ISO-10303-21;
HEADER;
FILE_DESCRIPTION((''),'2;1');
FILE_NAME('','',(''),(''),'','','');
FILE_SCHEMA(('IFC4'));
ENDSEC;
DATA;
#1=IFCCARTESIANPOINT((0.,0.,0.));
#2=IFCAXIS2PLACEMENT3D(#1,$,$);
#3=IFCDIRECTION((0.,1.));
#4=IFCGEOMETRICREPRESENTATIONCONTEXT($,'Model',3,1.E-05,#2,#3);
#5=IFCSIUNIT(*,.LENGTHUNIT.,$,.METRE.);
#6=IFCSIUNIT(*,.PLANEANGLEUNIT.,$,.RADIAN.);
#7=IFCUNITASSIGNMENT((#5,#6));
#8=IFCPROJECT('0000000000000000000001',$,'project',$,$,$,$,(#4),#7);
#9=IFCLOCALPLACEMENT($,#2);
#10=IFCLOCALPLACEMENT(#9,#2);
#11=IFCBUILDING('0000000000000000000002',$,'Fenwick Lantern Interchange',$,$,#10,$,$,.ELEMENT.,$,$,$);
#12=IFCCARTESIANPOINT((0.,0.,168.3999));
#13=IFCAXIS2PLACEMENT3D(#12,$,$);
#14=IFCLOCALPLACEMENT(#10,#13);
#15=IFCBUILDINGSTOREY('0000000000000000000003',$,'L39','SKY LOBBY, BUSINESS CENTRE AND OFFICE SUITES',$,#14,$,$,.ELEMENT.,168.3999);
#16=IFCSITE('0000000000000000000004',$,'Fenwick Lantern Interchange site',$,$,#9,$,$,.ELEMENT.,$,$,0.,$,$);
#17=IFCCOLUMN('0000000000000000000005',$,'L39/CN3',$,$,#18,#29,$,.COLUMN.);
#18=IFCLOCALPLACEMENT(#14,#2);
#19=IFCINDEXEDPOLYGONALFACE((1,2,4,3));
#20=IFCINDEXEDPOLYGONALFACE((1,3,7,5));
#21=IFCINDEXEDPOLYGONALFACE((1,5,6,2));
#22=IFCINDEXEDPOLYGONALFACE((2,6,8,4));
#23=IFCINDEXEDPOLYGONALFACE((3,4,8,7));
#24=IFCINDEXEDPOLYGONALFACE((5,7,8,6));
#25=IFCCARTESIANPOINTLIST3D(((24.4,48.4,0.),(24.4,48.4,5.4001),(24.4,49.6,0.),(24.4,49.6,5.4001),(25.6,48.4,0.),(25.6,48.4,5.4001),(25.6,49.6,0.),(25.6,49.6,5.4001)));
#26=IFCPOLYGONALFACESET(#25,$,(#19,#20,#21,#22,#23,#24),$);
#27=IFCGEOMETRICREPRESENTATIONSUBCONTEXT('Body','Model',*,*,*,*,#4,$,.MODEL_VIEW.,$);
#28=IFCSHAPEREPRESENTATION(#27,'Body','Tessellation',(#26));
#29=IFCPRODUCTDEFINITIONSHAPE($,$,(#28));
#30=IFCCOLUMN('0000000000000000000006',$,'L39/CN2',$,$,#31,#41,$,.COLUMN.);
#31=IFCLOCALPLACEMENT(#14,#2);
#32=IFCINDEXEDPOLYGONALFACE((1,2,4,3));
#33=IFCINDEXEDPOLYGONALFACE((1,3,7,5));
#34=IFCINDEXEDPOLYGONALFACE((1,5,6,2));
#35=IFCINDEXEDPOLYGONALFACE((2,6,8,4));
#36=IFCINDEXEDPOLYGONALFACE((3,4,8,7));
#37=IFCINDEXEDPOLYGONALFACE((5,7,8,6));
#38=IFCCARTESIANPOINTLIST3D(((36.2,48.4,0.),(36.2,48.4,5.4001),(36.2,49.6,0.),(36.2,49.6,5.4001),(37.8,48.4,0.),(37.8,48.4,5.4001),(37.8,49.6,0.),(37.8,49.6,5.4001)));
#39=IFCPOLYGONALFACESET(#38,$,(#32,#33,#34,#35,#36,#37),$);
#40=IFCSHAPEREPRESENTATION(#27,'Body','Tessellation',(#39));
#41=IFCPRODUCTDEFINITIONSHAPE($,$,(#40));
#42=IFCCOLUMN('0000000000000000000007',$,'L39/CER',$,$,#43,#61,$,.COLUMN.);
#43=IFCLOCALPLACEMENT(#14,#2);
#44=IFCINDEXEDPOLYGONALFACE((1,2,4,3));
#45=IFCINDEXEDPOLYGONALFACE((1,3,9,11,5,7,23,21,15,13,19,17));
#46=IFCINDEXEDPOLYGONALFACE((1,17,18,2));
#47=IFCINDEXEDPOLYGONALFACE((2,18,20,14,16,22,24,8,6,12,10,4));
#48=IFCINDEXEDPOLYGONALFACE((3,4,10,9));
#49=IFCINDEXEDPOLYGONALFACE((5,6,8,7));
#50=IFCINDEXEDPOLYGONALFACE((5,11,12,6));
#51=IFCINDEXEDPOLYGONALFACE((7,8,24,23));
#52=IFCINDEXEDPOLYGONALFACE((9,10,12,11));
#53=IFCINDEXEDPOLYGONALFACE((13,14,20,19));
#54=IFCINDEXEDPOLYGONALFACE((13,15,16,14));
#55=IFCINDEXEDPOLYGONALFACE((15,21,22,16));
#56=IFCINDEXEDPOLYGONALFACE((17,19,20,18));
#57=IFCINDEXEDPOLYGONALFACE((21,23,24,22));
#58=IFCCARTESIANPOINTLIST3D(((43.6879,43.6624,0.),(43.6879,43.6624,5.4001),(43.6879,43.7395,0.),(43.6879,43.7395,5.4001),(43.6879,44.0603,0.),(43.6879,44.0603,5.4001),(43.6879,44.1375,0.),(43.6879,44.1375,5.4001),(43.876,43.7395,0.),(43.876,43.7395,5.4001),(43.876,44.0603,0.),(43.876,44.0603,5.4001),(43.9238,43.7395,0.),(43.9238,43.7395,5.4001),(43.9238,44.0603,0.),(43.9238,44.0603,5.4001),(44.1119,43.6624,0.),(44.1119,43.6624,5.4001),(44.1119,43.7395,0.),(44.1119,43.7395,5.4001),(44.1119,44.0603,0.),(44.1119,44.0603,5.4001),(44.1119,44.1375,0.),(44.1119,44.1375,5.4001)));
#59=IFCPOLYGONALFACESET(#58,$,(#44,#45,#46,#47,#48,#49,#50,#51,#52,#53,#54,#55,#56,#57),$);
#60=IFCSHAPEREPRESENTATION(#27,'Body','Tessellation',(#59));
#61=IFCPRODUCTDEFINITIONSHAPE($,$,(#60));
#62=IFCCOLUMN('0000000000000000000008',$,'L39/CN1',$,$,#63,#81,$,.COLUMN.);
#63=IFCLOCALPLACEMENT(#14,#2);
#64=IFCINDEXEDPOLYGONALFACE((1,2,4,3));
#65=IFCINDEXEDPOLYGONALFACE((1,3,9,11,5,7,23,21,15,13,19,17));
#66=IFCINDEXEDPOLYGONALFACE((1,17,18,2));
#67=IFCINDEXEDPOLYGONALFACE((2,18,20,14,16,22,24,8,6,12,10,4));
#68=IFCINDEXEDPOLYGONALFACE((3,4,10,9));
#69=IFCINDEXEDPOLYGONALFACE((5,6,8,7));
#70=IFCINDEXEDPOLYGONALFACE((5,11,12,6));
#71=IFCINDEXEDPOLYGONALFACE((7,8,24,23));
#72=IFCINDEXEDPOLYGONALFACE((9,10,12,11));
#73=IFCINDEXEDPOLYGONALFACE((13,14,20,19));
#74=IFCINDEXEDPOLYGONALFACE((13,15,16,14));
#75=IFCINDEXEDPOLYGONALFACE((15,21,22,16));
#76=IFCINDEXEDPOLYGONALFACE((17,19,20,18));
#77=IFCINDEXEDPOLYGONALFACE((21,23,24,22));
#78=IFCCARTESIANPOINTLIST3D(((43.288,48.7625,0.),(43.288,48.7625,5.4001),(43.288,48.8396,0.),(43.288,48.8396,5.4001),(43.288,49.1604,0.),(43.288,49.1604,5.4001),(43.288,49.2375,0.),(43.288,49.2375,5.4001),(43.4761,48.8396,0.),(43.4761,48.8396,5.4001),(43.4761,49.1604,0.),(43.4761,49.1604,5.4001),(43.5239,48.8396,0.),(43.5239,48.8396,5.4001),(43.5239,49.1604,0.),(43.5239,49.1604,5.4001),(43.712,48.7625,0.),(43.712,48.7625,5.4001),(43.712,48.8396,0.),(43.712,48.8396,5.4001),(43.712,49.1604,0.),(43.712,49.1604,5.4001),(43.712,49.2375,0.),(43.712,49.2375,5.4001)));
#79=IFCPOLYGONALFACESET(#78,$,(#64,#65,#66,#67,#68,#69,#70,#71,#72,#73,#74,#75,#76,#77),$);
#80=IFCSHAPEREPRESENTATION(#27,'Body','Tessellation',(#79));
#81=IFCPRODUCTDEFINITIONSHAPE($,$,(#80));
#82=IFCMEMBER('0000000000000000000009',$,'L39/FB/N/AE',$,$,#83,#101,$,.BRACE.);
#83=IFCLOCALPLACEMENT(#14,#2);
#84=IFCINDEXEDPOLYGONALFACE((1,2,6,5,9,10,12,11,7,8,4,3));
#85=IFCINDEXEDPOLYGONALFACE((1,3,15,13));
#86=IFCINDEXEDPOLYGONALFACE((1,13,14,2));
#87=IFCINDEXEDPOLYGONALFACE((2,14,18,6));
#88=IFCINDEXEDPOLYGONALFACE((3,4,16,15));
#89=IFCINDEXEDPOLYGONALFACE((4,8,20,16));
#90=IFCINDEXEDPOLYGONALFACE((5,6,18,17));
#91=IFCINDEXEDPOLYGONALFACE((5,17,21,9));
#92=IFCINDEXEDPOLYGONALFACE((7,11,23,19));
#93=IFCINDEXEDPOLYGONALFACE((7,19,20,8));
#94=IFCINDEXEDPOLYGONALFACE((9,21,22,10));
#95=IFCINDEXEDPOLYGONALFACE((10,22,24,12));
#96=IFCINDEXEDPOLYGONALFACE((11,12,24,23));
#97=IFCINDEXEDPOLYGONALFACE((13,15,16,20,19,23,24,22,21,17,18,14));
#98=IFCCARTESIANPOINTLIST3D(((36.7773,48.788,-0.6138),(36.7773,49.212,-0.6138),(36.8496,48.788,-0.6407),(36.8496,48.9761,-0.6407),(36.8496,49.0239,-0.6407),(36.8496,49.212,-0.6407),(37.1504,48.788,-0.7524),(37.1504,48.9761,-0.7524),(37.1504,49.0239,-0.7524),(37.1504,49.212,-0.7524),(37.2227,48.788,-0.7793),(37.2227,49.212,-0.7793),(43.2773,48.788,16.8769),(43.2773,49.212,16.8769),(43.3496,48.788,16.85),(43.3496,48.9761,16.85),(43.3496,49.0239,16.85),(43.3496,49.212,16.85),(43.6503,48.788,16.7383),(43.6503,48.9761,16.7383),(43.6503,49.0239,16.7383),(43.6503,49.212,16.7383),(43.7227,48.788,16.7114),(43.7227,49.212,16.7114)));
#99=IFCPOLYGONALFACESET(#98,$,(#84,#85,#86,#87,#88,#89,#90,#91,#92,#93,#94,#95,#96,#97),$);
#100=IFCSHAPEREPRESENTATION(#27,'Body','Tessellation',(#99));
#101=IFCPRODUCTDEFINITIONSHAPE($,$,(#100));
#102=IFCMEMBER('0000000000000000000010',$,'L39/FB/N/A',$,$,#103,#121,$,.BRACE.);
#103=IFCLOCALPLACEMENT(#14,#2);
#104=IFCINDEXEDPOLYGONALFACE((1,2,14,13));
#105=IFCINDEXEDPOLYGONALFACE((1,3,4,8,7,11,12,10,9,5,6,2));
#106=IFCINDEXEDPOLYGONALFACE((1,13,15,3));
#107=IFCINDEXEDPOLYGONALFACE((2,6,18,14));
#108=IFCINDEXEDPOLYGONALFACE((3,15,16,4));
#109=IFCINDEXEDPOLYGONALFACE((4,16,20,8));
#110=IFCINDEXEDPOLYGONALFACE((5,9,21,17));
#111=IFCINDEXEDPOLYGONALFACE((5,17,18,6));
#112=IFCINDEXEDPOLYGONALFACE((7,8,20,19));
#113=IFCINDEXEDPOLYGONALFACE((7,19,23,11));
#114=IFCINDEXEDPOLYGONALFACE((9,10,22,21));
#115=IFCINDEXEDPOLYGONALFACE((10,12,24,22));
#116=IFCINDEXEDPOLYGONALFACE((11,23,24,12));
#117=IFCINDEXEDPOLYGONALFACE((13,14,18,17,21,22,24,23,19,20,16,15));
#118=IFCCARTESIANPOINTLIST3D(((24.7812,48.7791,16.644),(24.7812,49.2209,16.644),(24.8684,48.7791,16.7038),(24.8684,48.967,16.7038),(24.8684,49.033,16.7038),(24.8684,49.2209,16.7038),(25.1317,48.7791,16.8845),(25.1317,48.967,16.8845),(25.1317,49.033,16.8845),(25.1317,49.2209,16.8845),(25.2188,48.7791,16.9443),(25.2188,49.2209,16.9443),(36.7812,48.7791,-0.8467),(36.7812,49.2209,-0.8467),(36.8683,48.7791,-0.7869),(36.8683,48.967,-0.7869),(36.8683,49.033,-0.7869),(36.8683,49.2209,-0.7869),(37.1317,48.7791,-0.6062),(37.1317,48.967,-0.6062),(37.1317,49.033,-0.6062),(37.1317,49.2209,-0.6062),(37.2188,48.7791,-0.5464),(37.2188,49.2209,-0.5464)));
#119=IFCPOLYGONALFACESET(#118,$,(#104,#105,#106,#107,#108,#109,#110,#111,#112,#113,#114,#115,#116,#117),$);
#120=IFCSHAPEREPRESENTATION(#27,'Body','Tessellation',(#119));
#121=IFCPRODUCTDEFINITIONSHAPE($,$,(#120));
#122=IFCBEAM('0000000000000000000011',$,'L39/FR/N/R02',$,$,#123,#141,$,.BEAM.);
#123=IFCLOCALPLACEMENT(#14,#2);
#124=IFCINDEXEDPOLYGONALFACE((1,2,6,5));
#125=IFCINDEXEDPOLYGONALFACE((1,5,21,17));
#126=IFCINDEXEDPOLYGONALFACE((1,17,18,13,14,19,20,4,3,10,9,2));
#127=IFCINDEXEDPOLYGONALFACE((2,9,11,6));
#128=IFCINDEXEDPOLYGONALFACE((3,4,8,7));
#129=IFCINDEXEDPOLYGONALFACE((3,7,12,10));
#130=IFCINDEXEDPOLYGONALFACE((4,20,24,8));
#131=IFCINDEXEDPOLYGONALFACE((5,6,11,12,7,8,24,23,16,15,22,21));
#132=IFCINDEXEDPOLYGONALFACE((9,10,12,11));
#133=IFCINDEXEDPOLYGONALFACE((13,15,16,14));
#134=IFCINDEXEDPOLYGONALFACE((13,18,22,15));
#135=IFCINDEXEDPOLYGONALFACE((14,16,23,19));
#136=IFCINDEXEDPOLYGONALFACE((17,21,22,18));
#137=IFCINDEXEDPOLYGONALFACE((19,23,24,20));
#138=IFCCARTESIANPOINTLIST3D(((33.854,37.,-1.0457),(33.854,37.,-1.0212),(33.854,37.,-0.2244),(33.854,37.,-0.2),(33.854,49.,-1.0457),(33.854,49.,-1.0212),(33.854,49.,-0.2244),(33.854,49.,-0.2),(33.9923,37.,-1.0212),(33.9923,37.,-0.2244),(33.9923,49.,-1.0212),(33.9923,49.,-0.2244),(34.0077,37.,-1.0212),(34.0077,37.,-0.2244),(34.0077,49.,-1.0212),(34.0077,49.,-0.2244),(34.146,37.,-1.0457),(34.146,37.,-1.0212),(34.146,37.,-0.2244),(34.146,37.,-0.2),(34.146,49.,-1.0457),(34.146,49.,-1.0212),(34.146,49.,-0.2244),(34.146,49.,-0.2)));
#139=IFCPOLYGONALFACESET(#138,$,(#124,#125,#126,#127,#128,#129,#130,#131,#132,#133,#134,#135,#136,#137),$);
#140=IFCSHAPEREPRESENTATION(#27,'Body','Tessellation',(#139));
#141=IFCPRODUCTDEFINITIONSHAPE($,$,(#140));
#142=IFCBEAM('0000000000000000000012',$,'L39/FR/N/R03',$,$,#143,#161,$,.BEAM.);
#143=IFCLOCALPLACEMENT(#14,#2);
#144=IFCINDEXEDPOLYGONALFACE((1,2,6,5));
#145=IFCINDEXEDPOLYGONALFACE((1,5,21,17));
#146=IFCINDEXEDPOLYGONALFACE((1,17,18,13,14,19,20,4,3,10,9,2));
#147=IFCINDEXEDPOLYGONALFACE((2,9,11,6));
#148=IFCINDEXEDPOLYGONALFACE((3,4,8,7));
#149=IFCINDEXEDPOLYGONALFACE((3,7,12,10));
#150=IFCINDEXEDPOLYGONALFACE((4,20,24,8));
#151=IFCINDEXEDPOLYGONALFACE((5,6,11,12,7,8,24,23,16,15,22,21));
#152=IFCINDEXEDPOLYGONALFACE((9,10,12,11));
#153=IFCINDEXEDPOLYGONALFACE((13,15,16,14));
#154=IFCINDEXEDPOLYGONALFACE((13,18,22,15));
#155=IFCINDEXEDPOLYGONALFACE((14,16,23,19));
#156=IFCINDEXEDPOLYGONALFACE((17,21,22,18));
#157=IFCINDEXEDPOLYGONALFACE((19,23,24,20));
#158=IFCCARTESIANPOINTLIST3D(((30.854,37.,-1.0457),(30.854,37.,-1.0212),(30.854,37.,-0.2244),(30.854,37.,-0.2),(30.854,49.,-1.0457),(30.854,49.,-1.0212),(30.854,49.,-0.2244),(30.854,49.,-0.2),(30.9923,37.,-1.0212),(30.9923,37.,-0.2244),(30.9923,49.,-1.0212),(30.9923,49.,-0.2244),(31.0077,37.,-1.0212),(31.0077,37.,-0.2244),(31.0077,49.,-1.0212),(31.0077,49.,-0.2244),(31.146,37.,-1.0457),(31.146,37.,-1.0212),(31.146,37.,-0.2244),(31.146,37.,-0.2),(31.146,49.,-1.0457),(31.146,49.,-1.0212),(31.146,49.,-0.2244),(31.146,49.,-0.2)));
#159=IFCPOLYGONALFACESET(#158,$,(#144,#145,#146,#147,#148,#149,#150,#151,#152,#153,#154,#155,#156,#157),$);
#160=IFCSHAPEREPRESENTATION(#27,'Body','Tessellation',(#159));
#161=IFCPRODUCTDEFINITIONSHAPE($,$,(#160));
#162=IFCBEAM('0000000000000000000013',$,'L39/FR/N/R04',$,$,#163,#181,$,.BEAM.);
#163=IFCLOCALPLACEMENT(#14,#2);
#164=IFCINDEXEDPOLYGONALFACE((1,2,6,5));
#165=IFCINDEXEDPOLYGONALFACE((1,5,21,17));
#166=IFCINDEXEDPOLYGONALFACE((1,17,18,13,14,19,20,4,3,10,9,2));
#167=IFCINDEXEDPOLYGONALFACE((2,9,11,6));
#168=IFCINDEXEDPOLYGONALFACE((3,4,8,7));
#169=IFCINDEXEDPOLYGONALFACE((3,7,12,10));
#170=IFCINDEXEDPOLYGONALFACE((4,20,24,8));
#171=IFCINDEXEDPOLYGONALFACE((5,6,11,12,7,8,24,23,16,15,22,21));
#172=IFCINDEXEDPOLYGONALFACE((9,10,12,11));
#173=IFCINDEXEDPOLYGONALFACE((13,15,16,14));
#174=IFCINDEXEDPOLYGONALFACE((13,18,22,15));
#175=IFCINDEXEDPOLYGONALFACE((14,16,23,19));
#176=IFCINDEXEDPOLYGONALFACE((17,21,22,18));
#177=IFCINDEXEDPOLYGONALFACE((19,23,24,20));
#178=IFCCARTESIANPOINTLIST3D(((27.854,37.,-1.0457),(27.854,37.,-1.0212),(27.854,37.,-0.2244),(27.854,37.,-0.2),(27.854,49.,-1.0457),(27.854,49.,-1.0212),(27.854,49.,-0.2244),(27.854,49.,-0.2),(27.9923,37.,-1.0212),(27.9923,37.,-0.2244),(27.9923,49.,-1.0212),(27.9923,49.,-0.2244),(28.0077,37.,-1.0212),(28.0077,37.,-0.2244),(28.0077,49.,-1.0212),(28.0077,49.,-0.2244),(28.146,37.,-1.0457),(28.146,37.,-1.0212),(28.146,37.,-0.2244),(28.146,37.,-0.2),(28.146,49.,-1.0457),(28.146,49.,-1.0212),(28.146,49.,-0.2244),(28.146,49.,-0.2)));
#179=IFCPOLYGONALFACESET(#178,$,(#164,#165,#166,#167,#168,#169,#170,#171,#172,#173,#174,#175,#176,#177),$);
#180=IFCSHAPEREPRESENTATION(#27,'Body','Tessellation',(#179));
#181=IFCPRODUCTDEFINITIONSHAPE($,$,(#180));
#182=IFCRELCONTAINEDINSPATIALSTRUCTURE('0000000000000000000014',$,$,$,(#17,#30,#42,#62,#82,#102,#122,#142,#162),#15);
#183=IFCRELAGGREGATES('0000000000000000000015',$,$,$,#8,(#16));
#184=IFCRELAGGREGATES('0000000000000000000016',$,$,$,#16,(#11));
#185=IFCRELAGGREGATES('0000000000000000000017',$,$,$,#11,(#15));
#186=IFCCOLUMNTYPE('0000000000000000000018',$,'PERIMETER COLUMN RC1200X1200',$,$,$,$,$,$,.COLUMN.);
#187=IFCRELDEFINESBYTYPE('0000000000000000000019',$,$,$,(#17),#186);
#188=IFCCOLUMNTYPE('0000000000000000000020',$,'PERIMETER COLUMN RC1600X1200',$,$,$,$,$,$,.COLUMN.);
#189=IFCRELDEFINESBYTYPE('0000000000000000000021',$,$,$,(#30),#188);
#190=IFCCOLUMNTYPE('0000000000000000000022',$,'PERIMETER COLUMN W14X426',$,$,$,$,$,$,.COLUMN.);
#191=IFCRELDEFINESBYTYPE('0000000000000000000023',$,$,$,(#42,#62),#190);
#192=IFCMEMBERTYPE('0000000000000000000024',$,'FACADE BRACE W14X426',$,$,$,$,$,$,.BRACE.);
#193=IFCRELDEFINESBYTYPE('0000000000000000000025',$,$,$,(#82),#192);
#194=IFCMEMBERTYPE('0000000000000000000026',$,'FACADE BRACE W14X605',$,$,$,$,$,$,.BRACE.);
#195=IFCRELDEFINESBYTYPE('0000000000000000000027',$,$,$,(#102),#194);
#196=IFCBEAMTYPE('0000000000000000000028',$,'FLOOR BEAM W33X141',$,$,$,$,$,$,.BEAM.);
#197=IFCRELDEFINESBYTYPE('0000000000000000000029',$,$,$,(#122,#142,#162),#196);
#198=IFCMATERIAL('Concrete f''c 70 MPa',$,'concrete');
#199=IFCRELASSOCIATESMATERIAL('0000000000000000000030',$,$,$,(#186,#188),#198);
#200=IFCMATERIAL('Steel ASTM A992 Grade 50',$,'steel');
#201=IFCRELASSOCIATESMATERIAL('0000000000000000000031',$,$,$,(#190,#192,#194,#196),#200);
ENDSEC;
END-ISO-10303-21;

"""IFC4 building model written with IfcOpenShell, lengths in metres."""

from ifc_helpers import new_model, si_unit, direction, frame, origin, origin_2d, place, context, subcontext, project, spatial, rectangle, i_section, extrude, material, material_profile, profile_set, type_object, element, save


model = new_model("IFC4")

# Units and contexts
model_context = context("Model", 3, precision=1e-05, world=origin(), true_north=direction((0.0, 1.0)))
body_context = subcontext(model_context, "Body", "Model", "MODEL_VIEW")
ifc_project = project(units=[si_unit("LENGTHUNIT", "METRE"), si_unit("PLANEANGLEUNIT", "RADIAN")], contexts=[model_context])

# Site, building, storey
site_placement = place(None, origin())
site = spatial("IfcSite", under=ifc_project, at=site_placement, Name="Fenwick Lantern Interchange site", CompositionType="ELEMENT", RefElevation=0.0)
building_placement = place(site_placement, origin())
building = spatial("IfcBuilding", under=site, at=building_placement, Name="Fenwick Lantern Interchange", CompositionType="ELEMENT")
storey_placement = place(building_placement, frame((0.0, 0.0, 168.3999)))
storey = spatial("IfcBuildingStorey", under=building, at=storey_placement, Name="L39", Description="SKY LOBBY, BUSINESS CENTRE AND OFFICE SUITES", CompositionType="ELEMENT", Elevation=168.3999)

# Columns
ifc_material_1 = material(Name="Concrete f'c 70 MPa", Category="concrete")
ifc_material_profile_1 = material_profile(ifc_material_1, rectangle(XDim=1.2, YDim=1.2, at=origin_2d()), Name="RC1200X1200")
ifc_profile_set_1 = profile_set([ifc_material_profile_1], Name="Concrete f'c 70 MPa")
column_type_1 = type_object("IfcColumnType", Name="PERIMETER COLUMN RC1200X1200", PredefinedType="COLUMN", material=ifc_profile_set_1)
column_1_placement = place(storey_placement, frame((25.0, 49.0, 0.0), z_axis=(0.0, 0.0, 1.0), x_axis=(1.0, 0.0, 0.0)))
element("IfcColumn", 1, at=column_1_placement, inside=storey, type_object=column_type_1, Name="L39/CN3", PredefinedType="COLUMN", context=body_context, shape_type="SweptSolid", body=[
    extrude(rectangle(XDim=1.2, YDim=1.2, at=origin_2d()), origin(), (0.0, 0.0, 1.0), 5.4001),
])
ifc_material_profile_2 = material_profile(ifc_material_1, rectangle(XDim=1.6001, YDim=1.2, at=origin_2d()), Name="RC1600X1200")
ifc_profile_set_2 = profile_set([ifc_material_profile_2], Name="Concrete f'c 70 MPa")
column_type_2 = type_object("IfcColumnType", Name="PERIMETER COLUMN RC1600X1200", PredefinedType="COLUMN", material=ifc_profile_set_2)
column_2_placement = place(storey_placement, frame((37.0, 49.0, 0.0), z_axis=(0.0, 0.0, 1.0), x_axis=(1.0, 0.0, 0.0)))
element("IfcColumn", 2, at=column_2_placement, inside=storey, type_object=column_type_2, Name="L39/CN2", PredefinedType="COLUMN", context=body_context, shape_type="SweptSolid", body=[
    extrude(rectangle(XDim=1.6001, YDim=1.2, at=origin_2d()), origin(), (0.0, 0.0, 1.0), 5.4001),
])
ifc_material_2 = material(Name="Steel ASTM A992 Grade 50", Category="steel")
ifc_material_profile_3 = material_profile(ifc_material_2, i_section(OverallWidth=0.4241, OverallDepth=0.4751, WebThickness=0.0479, FlangeThickness=0.0771, at=origin_2d()), Name="W14X426")
ifc_profile_set_3 = profile_set([ifc_material_profile_3], Name="Steel ASTM A992 Grade 50")
column_type_3 = type_object("IfcColumnType", Name="PERIMETER COLUMN W14X426", PredefinedType="COLUMN", material=ifc_profile_set_3)
for number, where, z_axis, x_axis, name in (
    (3, (43.8999, 43.8999, 0.0), (0.0, 0.0, 1.0), (1.0, 0.0, 0.0), "L39/CER"),
    (4, (43.5, 49.0, 0.0), (0.0, 0.0, 1.0), (1.0, 0.0, 0.0), "L39/CN1"),
):
    element("IfcColumn", number, at=place(storey_placement, frame(where, z_axis=z_axis, x_axis=x_axis)), inside=storey, type_object=column_type_3, Name=name, PredefinedType="COLUMN", context=body_context, shape_type="SweptSolid", body=[
        extrude(i_section(OverallWidth=0.4241, OverallDepth=0.4751, WebThickness=0.0479, FlangeThickness=0.0771, at=origin_2d()), origin(), (0.0, 0.0, 1.0), 5.4001),
    ])

# Members
ifc_material_profile_4 = material_profile(ifc_material_2, i_section(OverallWidth=0.4241, OverallDepth=0.4751, WebThickness=0.0479, FlangeThickness=0.0771, at=origin_2d()), Name="W14X426")
ifc_profile_set_4 = profile_set([ifc_material_profile_4], Name="Steel ASTM A992 Grade 50")
member_type_1 = type_object("IfcMemberType", Name="FACADE BRACE W14X426", PredefinedType="BRACE", material=ifc_profile_set_4)
member_1_placement = place(storey_placement, frame((37.0, 49.0, -0.6965), z_axis=(0.348349, 0.0, 0.937365), x_axis=(0.0, 1.0, 0.0)))
element("IfcMember", 5, at=member_1_placement, inside=storey, type_object=member_type_1, Name="L39/FB/N/AE", PredefinedType="BRACE", context=body_context, shape_type="SweptSolid", body=[
    extrude(i_section(OverallWidth=0.4241, OverallDepth=0.4751, WebThickness=0.0479, FlangeThickness=0.0771, at=origin_2d()), origin(), (0.0, 0.0, 1.0), 18.6594),
])
ifc_material_profile_5 = material_profile(ifc_material_2, i_section(OverallWidth=0.4419, OverallDepth=0.5308, WebThickness=0.0659, FlangeThickness=0.1057, at=origin_2d()), Name="W14X605")
ifc_profile_set_5 = profile_set([ifc_material_profile_5], Name="Steel ASTM A992 Grade 50")
member_type_2 = type_object("IfcMemberType", Name="FACADE BRACE W14X605", PredefinedType="BRACE", material=ifc_profile_set_5)
member_2_placement = place(storey_placement, frame((37.0, 49.0, -0.6965), z_axis=(-0.565732, 0.0, 0.824589), x_axis=(0.0, -1.0, 0.0)))
element("IfcMember", 6, at=member_2_placement, inside=storey, type_object=member_type_2, Name="L39/FB/N/A", PredefinedType="BRACE", context=body_context, shape_type="SweptSolid", body=[
    extrude(i_section(OverallWidth=0.4419, OverallDepth=0.5308, WebThickness=0.0659, FlangeThickness=0.1057, at=origin_2d()), origin(), (0.0, 0.0, 1.0), 21.2114),
])

# Beams
ifc_material_profile_6 = material_profile(ifc_material_2, i_section(OverallWidth=0.292, OverallDepth=0.8457, WebThickness=0.0154, FlangeThickness=0.0244, at=origin_2d()), Name="W33X141")
ifc_profile_set_6 = profile_set([ifc_material_profile_6], Name="Steel ASTM A992 Grade 50")
beam_type_1 = type_object("IfcBeamType", Name="FLOOR BEAM W33X141", PredefinedType="BEAM", material=ifc_profile_set_6)
for number, where, z_axis, x_axis, name in (
    (7, (34.0, 49.0, -0.6228), (0.0, -1.0, 0.0), (1.0, 0.0, 0.0), "L39/FR/N/R02"),
    (8, (31.0, 49.0, -0.6228), (0.0, -1.0, 0.0), (1.0, 0.0, 0.0), "L39/FR/N/R03"),
    (9, (28.0, 49.0, -0.6228), (0.0, -1.0, 0.0), (1.0, 0.0, 0.0), "L39/FR/N/R04"),
):
    element("IfcBeam", number, at=place(storey_placement, frame(where, z_axis=z_axis, x_axis=x_axis)), inside=storey, type_object=beam_type_1, Name=name, PredefinedType="BEAM", context=body_context, shape_type="SweptSolid", body=[
        extrude(i_section(OverallWidth=0.292, OverallDepth=0.8457, WebThickness=0.0154, FlangeThickness=0.0244, at=origin_2d()), origin(), (0.0, 0.0, 1.0), 12.0),
    ])

save(model, "model.ifc")
